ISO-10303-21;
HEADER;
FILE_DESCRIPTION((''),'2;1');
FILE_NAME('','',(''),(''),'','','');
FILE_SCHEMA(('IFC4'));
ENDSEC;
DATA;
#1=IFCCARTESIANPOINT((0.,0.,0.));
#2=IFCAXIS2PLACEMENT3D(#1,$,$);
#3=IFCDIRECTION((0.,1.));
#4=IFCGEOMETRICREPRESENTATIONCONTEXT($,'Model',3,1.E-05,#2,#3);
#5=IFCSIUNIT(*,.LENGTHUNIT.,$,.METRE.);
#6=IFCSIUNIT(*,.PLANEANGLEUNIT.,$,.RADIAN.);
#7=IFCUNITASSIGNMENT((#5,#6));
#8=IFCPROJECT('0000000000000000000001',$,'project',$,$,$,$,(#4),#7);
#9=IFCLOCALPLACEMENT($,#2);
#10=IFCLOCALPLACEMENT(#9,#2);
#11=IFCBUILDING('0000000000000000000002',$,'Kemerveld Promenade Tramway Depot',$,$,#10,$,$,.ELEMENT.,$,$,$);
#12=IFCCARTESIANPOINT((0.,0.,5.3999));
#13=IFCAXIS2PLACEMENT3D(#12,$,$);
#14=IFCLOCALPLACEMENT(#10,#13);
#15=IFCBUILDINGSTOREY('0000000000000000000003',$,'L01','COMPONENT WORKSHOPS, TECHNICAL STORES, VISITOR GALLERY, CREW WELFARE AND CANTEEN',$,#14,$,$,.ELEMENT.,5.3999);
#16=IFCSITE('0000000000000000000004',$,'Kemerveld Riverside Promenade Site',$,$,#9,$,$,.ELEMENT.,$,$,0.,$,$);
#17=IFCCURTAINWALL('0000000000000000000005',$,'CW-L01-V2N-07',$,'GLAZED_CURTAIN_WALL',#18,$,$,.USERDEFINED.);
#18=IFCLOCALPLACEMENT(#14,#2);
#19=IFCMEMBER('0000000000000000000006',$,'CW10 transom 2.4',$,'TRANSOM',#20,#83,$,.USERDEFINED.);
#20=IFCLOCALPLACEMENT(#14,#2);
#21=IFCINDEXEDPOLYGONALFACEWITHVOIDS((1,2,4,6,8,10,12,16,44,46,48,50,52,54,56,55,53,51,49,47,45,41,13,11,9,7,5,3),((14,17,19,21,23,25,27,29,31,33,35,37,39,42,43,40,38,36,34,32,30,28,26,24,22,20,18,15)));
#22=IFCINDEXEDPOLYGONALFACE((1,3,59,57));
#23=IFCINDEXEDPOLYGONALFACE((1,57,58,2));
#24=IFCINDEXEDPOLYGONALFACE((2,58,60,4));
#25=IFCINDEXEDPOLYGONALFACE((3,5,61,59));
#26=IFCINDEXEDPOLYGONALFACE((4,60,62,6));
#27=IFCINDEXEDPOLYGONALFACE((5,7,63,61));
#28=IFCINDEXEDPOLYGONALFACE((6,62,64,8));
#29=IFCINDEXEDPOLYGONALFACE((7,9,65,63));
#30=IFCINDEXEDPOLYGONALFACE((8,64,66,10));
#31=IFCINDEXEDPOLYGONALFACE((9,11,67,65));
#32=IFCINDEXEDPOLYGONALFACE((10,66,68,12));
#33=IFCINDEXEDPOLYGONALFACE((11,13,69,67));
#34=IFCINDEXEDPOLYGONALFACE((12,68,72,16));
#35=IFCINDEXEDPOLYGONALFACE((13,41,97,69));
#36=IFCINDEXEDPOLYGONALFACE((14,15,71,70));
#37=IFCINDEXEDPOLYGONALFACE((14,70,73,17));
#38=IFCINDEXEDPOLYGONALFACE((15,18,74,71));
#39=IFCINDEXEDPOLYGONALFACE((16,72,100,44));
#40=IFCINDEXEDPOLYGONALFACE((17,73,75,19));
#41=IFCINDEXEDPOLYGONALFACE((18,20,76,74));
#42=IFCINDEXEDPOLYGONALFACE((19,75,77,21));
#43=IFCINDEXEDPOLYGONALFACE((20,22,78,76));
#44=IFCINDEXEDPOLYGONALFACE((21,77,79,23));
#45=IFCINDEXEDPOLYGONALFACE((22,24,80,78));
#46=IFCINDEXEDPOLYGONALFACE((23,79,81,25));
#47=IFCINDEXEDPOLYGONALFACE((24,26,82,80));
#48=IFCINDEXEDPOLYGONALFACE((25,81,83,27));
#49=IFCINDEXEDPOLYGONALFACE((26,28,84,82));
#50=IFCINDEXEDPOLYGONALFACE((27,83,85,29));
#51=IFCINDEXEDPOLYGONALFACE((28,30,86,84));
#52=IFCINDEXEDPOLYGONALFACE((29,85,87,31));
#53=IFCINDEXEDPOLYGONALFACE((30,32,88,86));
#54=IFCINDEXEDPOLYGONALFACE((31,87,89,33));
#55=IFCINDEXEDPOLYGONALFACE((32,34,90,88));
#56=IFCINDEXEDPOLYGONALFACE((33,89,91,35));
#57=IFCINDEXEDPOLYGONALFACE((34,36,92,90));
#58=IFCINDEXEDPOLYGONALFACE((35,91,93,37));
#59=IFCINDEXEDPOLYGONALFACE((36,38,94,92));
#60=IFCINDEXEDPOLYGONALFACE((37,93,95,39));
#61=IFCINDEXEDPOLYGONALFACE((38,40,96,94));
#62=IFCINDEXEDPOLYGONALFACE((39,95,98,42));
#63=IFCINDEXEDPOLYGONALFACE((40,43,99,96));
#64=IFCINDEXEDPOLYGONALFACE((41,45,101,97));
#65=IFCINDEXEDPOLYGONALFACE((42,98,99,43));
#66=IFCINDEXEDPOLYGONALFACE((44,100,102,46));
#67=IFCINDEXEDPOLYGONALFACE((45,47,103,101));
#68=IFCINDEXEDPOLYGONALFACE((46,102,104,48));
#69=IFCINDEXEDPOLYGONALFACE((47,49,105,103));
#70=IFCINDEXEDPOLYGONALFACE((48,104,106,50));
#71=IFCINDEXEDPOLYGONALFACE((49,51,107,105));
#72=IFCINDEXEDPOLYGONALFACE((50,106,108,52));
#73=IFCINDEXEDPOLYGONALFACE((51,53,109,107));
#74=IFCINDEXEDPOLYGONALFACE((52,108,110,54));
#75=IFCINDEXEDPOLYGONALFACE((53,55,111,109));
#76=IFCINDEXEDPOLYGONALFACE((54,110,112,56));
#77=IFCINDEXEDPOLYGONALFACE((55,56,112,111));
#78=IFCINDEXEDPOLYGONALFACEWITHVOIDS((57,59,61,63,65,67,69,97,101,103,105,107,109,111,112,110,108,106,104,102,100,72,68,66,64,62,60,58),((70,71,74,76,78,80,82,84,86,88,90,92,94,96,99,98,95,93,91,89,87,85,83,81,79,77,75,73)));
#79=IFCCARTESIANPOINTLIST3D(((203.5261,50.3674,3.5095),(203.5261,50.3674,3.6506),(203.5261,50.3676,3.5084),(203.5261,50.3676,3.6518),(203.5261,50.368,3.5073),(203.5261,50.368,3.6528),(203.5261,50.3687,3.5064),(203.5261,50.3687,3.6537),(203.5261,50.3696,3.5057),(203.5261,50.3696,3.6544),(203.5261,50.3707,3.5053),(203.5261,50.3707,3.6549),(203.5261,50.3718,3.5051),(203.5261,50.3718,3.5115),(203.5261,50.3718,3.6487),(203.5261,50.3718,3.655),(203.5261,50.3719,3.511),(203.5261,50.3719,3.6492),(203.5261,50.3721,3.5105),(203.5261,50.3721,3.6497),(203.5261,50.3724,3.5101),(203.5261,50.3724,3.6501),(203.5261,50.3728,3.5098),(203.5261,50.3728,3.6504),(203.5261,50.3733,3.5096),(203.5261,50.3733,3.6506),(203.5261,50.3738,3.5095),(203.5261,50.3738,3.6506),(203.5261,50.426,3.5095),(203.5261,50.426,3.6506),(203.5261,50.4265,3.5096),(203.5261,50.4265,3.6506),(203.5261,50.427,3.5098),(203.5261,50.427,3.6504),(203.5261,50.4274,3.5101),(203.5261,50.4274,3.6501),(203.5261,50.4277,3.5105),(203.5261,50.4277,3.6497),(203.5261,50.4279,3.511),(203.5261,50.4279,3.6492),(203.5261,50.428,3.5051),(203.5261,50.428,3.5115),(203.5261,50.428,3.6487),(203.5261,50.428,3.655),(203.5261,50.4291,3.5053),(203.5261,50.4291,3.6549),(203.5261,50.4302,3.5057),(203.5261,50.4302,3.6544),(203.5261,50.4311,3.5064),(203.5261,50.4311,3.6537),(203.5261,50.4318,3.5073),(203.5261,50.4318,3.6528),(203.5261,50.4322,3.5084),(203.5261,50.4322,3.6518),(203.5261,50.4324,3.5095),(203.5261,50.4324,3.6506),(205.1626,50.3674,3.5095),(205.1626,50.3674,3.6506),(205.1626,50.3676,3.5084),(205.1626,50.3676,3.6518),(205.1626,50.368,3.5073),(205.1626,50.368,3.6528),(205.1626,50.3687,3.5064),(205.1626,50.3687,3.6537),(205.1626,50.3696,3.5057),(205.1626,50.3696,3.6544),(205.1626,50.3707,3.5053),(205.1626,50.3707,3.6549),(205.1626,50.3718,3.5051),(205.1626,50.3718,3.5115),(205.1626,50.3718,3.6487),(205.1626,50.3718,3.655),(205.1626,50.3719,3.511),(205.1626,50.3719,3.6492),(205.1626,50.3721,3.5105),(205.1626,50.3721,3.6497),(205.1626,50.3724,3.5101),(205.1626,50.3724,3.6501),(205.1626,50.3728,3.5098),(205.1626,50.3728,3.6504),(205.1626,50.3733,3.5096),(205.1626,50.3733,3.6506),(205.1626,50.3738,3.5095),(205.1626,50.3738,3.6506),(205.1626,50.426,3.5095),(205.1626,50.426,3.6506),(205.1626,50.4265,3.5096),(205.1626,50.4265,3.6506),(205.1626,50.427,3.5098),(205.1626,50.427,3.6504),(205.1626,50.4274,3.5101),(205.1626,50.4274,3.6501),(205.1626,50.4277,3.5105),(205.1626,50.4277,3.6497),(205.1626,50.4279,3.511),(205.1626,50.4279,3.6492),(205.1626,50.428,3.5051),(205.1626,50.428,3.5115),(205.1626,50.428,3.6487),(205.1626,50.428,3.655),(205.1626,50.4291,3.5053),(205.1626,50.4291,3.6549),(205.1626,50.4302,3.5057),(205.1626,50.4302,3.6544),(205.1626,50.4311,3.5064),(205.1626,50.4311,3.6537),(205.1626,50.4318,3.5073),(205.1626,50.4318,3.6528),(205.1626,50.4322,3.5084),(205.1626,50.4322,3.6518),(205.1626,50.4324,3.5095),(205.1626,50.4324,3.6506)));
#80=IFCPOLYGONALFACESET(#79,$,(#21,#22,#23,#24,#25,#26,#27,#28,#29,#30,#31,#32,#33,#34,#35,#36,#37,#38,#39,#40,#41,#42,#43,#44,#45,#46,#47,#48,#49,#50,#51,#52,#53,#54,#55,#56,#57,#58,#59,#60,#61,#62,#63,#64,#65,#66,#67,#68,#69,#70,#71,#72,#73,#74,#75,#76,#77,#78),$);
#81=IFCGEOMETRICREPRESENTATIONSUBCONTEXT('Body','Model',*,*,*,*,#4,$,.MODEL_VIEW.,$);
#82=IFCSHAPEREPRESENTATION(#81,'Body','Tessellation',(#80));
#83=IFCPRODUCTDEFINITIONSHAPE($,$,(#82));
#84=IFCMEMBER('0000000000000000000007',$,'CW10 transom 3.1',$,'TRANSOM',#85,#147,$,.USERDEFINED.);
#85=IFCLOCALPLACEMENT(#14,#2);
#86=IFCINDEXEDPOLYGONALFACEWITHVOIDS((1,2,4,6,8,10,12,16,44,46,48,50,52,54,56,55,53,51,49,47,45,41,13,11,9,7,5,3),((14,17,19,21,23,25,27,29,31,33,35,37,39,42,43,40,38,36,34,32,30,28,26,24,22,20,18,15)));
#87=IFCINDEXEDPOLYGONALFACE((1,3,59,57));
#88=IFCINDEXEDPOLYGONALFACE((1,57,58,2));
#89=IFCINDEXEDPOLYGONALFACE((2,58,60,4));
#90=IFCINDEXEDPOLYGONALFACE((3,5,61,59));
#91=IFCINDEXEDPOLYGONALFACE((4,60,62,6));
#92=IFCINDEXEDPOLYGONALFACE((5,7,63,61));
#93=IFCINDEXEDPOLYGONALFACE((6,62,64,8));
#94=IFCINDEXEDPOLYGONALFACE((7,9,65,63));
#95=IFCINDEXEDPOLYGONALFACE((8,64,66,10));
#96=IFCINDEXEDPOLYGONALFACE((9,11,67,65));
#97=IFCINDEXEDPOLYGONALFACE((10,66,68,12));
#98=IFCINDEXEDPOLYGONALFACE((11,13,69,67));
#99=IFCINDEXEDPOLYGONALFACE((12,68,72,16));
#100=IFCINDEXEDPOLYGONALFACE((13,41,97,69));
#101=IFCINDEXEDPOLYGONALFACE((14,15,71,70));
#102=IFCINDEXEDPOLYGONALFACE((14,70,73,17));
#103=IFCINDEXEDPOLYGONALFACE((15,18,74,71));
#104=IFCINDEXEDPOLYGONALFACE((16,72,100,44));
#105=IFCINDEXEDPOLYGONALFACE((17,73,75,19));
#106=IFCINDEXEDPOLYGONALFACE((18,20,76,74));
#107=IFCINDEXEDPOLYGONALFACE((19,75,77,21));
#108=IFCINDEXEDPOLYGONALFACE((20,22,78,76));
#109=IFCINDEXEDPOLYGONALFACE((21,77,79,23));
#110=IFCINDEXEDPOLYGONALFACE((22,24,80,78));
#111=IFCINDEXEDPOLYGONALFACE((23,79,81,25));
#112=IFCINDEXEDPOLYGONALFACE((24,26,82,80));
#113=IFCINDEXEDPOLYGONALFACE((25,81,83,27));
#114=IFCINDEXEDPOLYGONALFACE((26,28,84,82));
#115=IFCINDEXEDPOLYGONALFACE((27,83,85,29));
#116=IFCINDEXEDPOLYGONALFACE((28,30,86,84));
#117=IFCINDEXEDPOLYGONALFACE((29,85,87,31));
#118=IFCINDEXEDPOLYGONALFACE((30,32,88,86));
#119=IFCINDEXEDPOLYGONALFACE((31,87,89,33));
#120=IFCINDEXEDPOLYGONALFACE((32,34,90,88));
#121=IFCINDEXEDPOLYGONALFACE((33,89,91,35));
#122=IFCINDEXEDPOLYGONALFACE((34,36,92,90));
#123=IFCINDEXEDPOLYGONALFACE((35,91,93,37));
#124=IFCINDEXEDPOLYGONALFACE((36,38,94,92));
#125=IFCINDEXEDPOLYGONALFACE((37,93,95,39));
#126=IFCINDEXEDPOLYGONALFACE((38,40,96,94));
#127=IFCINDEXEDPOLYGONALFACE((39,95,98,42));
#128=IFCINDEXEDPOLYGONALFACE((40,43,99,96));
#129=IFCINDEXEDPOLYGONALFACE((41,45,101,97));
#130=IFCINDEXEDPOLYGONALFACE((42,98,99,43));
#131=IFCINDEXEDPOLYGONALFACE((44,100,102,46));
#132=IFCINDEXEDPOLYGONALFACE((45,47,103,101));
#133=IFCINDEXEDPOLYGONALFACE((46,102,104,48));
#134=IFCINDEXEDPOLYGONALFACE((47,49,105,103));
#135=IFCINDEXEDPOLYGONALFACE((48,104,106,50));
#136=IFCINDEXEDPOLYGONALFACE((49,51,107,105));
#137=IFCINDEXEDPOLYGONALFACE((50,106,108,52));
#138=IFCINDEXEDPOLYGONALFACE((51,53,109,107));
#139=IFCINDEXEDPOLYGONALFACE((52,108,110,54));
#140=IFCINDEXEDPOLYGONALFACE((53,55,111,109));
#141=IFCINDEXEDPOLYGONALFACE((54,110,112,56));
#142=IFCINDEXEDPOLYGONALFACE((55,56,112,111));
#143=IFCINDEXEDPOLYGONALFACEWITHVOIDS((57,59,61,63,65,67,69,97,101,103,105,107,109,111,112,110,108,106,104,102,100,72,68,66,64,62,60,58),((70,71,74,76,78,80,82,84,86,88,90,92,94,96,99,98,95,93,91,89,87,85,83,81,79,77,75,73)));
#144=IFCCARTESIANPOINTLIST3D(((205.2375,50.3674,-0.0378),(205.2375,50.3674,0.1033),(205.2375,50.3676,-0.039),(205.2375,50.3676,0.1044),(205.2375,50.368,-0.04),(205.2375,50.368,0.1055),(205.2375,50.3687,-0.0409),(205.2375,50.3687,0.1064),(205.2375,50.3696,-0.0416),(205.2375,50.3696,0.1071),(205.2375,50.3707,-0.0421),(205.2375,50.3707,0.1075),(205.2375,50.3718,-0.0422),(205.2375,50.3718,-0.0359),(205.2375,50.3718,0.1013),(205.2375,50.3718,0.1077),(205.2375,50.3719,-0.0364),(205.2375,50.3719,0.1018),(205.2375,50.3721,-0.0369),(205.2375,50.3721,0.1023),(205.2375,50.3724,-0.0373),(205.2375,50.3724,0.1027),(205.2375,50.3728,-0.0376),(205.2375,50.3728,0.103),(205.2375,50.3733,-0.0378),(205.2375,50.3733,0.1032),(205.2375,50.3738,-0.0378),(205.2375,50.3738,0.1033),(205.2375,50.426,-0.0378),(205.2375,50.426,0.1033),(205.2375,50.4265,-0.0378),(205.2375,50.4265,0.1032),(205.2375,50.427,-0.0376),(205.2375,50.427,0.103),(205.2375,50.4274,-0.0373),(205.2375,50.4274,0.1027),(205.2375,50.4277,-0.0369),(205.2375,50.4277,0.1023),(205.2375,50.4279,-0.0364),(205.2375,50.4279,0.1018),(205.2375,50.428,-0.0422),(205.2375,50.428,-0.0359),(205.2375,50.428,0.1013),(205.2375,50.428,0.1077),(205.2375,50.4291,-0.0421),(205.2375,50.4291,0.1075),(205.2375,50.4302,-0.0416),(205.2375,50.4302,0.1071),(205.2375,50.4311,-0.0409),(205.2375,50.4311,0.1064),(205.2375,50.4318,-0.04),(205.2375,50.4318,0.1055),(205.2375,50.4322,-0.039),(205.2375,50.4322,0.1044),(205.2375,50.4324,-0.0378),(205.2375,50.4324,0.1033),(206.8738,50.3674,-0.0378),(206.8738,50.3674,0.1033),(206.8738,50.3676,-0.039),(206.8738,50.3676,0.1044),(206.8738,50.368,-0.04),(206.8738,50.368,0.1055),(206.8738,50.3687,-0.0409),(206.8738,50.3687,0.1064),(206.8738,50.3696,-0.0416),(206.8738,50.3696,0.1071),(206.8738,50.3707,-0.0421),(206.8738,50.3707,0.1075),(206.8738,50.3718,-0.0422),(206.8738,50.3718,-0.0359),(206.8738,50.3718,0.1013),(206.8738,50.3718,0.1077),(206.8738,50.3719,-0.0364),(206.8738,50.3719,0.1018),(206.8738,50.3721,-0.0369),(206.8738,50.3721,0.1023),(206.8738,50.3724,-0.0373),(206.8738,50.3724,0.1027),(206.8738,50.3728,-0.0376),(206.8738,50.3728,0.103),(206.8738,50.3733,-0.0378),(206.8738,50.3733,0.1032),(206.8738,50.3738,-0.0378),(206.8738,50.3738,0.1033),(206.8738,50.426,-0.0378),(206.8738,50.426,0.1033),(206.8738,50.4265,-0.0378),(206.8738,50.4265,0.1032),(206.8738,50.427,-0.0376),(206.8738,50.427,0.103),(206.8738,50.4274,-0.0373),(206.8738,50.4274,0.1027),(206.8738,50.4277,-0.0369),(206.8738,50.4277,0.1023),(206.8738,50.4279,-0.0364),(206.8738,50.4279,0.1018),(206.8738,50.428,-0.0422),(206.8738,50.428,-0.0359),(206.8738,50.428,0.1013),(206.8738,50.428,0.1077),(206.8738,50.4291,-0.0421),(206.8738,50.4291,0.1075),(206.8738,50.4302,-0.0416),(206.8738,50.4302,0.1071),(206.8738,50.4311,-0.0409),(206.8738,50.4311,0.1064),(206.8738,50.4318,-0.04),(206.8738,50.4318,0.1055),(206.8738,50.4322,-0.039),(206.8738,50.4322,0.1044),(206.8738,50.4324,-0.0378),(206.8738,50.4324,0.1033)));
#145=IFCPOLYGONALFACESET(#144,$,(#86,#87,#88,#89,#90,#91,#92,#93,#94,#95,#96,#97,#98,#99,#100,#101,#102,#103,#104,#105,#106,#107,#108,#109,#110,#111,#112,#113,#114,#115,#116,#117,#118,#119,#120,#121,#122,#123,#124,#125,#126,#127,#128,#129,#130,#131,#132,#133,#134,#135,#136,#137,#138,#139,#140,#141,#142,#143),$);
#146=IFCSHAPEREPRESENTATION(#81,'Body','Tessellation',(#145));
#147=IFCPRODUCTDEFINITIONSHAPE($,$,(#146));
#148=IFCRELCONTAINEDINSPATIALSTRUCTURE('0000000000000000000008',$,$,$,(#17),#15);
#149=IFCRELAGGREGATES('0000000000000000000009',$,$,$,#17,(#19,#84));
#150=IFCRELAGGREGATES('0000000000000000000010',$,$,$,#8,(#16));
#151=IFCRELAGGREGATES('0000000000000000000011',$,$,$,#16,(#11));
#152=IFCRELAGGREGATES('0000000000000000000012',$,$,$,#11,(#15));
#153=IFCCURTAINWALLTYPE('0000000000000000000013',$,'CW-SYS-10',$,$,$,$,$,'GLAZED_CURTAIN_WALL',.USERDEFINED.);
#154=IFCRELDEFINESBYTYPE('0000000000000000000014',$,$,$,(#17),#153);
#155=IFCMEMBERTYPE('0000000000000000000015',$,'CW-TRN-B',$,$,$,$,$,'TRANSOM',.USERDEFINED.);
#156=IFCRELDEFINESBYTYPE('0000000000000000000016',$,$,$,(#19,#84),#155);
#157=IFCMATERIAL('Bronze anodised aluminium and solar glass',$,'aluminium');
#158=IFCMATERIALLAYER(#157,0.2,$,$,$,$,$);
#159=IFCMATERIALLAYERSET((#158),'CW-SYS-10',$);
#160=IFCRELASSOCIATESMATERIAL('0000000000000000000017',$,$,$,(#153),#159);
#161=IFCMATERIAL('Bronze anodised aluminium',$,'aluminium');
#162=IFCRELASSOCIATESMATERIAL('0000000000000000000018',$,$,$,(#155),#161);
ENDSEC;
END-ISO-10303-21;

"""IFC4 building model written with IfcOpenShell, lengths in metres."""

from ifc_helpers import new_model, si_unit, direction, frame, origin, origin_2d, place, context, subcontext, project, spatial, hollow_rectangle, extrude, material, layer, layer_set, material_profile, profile_set, type_object, element, aggregate, save


model = new_model("IFC4")

# Units and contexts
model_context = context("Model", 3, precision=1e-05, world=origin(), true_north=direction((0.0, 1.0)))
body_context = subcontext(model_context, "Body", "Model", "MODEL_VIEW")
ifc_project = project(units=[si_unit("LENGTHUNIT", "METRE"), si_unit("PLANEANGLEUNIT", "RADIAN")], contexts=[model_context])

# Site, building, storey
site_placement = place(None, origin())
site = spatial("IfcSite", under=ifc_project, at=site_placement, Name="Kemerveld Riverside Promenade Site", CompositionType="ELEMENT", RefElevation=0.0)
building_placement = place(site_placement, origin())
building = spatial("IfcBuilding", under=site, at=building_placement, Name="Kemerveld Promenade Tramway Depot", CompositionType="ELEMENT")
storey_placement = place(building_placement, frame((0.0, 0.0, 5.3999)))
storey = spatial("IfcBuildingStorey", under=building, at=storey_placement, Name="L01", Description="COMPONENT WORKSHOPS, TECHNICAL STORES, VISITOR GALLERY, CREW WELFARE AND CANTEEN", CompositionType="ELEMENT", Elevation=5.3999)

# Curtain wall, members
ifc_material_1 = material(Name="Bronze anodised aluminium and solar glass", Category="aluminium")
ifc_layer_1 = layer(ifc_material_1, 0.2)
ifc_layer_set_1 = layer_set([ifc_layer_1], Name="CW-SYS-10")
curtain_wall_type = type_object("IfcCurtainWallType", Name="CW-SYS-10", ElementType="GLAZED_CURTAIN_WALL", PredefinedType="USERDEFINED", material=ifc_layer_set_1)
curtain_wall_placement = place(storey_placement, origin())
curtain_wall = element("IfcCurtainWall", 1, at=curtain_wall_placement, inside=storey, type_object=curtain_wall_type, Name="CW-L01-V2N-07", ObjectType="GLAZED_CURTAIN_WALL", PredefinedType="USERDEFINED")
ifc_material_2 = material(Name="Bronze anodised aluminium", Category="aluminium")
ifc_material_profile_1 = material_profile(ifc_material_2, hollow_rectangle(XDim=0.0649, YDim=0.1499, WallThickness=0.0044, InnerFilletRadius=0.002, OuterFilletRadius=0.0044, at=origin_2d()), Name="CW-TRN-150x65")
ifc_profile_set_1 = profile_set([ifc_material_profile_1], Name="Bronze anodised aluminium")
member_type_1 = type_object("IfcMemberType", Name="CW-TRN-B", ElementType="TRANSOM", PredefinedType="USERDEFINED", material=ifc_profile_set_1)
member_1_placement = place(storey_placement, frame((203.5261, 50.3999, 3.5801), z_axis=(1.0, 0.0, 0.0), x_axis=(0.0, 1.0, 0.0)))
member_1 = element("IfcMember", 2, at=member_1_placement, type_object=member_type_1, Name="CW10 transom 2.4", ObjectType="TRANSOM", PredefinedType="USERDEFINED", context=body_context, shape_type="SweptSolid", body=[
    extrude(hollow_rectangle(XDim=0.0649, YDim=0.1499, WallThickness=0.0044, InnerFilletRadius=0.002, OuterFilletRadius=0.0044, at=origin_2d()), origin(), (0.0, 0.0, 1.0), 1.6365),
])
member_2_placement = place(storey_placement, frame((205.2375, 50.3999, 0.0327), z_axis=(1.0, 0.0, 0.0), x_axis=(0.0, 1.0, 0.0)))
member_2 = element("IfcMember", 3, at=member_2_placement, type_object=member_type_1, Name="CW10 transom 3.1", ObjectType="TRANSOM", PredefinedType="USERDEFINED", context=body_context, shape_type="SweptSolid", body=[
    extrude(hollow_rectangle(XDim=0.0649, YDim=0.1499, WallThickness=0.0044, InnerFilletRadius=0.002, OuterFilletRadius=0.0044, at=origin_2d()), origin(), (0.0, 0.0, 1.0), 1.6362),
])
aggregate(curtain_wall, [member_1, member_2])

save(model, "model.ifc")
